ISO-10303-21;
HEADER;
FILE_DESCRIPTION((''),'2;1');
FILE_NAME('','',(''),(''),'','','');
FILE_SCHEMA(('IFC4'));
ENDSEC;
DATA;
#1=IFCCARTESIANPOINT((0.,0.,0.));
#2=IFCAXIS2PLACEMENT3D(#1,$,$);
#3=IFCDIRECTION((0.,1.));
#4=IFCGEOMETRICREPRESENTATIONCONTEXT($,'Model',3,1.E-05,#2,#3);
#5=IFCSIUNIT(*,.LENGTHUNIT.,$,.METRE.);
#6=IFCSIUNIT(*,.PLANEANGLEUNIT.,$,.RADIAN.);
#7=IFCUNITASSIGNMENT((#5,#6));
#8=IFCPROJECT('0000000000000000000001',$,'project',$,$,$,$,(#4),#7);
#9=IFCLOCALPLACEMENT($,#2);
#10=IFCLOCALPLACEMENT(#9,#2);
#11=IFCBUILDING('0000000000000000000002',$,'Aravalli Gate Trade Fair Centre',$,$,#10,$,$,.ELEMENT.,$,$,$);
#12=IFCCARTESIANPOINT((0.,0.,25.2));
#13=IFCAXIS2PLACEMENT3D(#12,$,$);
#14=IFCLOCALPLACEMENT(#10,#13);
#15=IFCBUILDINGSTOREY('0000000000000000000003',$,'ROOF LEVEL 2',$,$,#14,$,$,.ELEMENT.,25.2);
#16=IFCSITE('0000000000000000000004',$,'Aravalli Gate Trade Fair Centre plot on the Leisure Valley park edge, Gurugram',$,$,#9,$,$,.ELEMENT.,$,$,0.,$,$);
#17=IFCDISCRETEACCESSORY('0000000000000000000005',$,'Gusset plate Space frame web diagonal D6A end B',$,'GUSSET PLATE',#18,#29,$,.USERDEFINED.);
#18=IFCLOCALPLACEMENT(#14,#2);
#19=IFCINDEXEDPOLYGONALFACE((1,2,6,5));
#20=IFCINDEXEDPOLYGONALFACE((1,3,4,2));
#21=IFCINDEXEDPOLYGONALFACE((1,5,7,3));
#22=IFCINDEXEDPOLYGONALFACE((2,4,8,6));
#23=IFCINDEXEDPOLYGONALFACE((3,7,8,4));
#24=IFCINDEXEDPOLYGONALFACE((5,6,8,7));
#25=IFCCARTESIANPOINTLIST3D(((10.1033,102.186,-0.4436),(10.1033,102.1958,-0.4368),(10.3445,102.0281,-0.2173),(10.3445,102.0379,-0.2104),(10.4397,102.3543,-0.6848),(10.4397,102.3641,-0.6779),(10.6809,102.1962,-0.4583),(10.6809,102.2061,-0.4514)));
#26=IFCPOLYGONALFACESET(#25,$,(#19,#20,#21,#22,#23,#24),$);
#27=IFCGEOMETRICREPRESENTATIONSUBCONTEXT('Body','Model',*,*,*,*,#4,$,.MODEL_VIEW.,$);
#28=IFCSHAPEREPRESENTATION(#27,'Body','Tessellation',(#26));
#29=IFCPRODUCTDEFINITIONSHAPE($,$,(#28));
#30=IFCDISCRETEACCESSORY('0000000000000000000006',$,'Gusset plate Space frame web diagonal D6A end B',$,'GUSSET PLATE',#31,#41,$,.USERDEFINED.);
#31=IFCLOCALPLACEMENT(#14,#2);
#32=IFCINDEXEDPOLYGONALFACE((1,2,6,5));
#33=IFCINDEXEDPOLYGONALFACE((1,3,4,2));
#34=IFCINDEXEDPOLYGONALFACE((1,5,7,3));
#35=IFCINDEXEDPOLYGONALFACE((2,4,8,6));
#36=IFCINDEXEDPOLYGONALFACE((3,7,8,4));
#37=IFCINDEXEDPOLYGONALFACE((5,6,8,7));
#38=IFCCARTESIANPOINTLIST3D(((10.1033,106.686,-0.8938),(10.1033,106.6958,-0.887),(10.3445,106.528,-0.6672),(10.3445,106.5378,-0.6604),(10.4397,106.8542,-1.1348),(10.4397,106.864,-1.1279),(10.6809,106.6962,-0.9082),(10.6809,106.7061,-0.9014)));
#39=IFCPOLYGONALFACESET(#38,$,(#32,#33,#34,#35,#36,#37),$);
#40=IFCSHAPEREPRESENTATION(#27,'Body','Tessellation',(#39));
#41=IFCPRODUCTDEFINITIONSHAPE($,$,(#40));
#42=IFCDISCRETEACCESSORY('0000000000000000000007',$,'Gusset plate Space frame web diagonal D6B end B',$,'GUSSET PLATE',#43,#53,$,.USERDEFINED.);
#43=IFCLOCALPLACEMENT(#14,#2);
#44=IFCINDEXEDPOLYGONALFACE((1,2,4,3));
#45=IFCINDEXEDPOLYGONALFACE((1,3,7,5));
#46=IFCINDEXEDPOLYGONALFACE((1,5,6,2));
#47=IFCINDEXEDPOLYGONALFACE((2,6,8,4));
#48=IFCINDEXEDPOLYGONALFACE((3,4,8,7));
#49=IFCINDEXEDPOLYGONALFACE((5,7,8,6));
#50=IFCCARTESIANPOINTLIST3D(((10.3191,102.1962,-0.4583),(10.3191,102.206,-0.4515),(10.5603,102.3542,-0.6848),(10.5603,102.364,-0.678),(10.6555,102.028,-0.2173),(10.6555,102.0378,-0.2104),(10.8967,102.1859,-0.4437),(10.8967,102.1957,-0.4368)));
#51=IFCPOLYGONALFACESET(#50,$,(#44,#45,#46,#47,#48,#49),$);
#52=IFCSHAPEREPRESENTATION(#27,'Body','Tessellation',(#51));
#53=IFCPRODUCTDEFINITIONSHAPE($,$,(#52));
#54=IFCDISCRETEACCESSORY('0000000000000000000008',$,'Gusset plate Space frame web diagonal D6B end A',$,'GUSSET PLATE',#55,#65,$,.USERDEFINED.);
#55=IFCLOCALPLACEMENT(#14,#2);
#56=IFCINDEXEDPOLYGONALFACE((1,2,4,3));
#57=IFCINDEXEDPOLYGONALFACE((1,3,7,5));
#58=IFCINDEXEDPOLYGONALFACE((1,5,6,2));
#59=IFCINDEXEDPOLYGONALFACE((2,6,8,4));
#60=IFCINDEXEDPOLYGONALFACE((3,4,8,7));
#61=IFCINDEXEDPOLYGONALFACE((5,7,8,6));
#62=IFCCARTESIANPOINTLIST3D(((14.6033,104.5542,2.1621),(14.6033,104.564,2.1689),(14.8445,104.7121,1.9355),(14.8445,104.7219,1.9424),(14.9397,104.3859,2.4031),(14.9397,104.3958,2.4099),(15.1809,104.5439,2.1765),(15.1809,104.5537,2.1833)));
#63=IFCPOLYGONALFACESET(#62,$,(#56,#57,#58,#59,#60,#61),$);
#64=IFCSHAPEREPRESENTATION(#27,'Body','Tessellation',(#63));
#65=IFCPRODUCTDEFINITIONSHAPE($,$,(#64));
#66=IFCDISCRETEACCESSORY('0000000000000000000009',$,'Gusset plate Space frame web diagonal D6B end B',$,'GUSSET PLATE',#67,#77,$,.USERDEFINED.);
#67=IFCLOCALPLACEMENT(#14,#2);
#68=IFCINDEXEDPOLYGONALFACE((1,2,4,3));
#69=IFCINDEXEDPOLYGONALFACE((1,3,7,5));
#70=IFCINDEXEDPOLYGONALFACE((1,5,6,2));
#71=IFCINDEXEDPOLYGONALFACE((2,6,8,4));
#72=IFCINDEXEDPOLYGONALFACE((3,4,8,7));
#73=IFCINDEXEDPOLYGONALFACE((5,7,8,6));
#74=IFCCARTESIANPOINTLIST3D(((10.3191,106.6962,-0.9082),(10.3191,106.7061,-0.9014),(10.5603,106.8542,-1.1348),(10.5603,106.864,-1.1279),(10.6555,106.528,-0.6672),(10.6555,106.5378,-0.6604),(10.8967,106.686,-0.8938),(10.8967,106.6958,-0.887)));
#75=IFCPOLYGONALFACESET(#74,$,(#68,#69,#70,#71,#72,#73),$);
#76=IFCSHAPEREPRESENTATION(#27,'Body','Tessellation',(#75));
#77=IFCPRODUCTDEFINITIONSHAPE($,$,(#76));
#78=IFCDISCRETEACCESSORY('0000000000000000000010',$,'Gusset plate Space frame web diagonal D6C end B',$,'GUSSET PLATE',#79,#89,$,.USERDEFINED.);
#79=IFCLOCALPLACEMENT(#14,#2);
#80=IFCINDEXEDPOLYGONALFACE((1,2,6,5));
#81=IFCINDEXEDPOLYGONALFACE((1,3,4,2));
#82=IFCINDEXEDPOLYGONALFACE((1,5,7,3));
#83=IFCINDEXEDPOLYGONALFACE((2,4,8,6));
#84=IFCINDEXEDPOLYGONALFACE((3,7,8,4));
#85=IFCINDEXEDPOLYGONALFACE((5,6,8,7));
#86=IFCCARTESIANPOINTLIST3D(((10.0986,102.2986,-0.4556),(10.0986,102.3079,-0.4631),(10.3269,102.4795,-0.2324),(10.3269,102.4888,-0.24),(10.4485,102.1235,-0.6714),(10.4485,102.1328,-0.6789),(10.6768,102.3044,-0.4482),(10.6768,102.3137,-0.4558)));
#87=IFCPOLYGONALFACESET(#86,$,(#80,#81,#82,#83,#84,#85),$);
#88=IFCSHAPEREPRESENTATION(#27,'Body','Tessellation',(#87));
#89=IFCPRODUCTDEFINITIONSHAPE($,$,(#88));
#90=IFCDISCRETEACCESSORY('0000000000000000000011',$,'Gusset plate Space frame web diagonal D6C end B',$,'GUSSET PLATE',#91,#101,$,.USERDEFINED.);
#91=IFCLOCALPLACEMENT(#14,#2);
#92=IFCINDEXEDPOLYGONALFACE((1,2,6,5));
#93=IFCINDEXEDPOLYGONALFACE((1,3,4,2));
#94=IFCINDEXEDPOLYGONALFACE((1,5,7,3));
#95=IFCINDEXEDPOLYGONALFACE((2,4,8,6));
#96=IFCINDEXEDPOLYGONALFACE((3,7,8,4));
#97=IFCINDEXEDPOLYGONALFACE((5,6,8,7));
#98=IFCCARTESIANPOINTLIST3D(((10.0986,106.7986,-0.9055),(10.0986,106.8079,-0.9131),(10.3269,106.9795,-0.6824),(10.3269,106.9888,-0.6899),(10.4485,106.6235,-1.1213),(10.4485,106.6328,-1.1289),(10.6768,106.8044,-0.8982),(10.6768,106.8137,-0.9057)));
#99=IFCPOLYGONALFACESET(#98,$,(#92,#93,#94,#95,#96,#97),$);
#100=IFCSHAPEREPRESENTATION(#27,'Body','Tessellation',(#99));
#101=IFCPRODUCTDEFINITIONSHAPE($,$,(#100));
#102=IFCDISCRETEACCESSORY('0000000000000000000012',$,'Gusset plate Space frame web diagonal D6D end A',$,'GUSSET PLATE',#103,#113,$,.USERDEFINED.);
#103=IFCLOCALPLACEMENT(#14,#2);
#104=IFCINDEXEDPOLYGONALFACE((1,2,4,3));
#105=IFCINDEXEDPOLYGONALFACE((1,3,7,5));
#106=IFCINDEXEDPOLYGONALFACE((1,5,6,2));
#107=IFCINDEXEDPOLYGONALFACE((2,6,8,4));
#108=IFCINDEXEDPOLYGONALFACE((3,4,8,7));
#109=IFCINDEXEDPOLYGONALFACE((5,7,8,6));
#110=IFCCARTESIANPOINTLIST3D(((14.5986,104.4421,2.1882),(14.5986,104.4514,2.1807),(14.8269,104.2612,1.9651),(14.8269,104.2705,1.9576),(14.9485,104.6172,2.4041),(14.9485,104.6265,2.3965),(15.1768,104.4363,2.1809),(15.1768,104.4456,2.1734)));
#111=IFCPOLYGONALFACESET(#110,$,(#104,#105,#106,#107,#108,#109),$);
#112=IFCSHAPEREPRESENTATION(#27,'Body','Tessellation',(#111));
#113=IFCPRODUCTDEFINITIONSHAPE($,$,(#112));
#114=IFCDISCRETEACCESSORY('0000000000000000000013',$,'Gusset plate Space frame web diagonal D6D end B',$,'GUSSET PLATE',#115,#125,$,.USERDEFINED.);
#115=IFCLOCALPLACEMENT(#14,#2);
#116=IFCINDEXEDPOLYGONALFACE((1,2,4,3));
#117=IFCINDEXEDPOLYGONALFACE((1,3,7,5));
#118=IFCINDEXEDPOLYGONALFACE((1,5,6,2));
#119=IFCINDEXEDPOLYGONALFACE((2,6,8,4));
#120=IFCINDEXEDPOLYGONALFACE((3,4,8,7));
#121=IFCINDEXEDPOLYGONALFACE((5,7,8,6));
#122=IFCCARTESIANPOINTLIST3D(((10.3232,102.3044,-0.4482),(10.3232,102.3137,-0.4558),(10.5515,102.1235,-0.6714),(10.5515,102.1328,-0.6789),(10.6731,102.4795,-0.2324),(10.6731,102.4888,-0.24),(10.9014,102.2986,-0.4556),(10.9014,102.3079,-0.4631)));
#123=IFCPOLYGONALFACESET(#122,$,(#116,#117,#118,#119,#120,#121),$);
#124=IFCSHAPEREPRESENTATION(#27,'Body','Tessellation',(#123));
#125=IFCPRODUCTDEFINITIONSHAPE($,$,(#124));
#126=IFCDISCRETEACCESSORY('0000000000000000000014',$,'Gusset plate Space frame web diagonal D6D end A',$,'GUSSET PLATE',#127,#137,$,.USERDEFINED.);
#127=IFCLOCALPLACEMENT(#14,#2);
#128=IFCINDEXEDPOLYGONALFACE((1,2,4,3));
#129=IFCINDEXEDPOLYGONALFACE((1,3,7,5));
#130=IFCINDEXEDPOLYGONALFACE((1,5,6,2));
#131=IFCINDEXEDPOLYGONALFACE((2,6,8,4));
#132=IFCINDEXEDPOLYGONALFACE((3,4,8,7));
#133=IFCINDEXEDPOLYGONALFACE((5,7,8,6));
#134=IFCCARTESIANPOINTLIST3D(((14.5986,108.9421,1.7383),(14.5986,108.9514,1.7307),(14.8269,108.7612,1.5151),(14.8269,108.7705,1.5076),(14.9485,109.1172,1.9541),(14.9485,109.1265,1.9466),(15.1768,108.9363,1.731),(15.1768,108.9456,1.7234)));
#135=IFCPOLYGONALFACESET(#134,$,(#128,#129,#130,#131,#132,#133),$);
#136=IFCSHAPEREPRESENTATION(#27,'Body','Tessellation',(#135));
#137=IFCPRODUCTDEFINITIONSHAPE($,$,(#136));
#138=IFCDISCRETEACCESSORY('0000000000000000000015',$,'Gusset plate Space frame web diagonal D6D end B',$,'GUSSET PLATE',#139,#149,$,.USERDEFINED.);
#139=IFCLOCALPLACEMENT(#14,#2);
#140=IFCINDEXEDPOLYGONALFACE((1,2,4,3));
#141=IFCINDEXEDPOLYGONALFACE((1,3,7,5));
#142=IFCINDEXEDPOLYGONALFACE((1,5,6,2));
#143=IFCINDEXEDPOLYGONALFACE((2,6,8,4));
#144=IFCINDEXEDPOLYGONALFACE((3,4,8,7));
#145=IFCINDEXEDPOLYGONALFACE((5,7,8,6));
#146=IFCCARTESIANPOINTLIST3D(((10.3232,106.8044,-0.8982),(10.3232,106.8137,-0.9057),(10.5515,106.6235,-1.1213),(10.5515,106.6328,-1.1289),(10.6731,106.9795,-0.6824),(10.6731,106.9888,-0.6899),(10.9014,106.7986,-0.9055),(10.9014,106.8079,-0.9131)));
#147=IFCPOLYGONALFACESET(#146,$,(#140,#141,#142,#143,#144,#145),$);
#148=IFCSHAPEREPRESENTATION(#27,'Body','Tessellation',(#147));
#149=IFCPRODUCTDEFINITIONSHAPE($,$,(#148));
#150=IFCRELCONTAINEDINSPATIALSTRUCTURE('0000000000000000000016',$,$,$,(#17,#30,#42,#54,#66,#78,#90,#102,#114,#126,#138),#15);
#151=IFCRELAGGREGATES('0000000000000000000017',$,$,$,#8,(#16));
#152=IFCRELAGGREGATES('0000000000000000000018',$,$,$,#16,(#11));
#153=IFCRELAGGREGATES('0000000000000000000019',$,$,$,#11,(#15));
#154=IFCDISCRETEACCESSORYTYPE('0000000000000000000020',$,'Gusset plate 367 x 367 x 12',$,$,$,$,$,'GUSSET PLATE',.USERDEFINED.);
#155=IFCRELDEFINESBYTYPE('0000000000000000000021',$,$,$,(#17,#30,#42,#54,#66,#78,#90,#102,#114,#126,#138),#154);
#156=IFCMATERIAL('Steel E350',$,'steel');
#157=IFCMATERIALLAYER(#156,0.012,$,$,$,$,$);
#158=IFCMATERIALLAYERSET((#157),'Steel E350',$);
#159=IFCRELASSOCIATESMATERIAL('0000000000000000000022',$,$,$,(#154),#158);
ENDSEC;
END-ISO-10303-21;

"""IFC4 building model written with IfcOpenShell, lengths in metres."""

from ifc_helpers import new_model, si_unit, direction, frame, origin, place, context, subcontext, project, spatial, polyline, outline, extrude, material, layer, layer_set, type_object, element, save


model = new_model("IFC4")

# Units and contexts
model_context = context("Model", 3, precision=1e-05, world=origin(), true_north=direction((0.0, 1.0)))
body_context = subcontext(model_context, "Body", "Model", "MODEL_VIEW")
ifc_project = project(units=[si_unit("LENGTHUNIT", "METRE"), si_unit("PLANEANGLEUNIT", "RADIAN")], contexts=[model_context])

# Site, building, storey
site_placement = place(None, origin())
site = spatial("IfcSite", under=ifc_project, at=site_placement, Name="Aravalli Gate Trade Fair Centre plot on the Leisure Valley park edge, Gurugram", CompositionType="ELEMENT", RefElevation=0.0)
building_placement = place(site_placement, origin())
building = spatial("IfcBuilding", under=site, at=building_placement, Name="Aravalli Gate Trade Fair Centre", CompositionType="ELEMENT")
storey_placement = place(building_placement, frame((0.0, 0.0, 25.2)))
storey = spatial("IfcBuildingStorey", under=building, at=storey_placement, Name="ROOF LEVEL 2", CompositionType="ELEMENT", Elevation=25.2)

# Shared definitions
ifc_material_1 = material(Name="Steel E350", Category="steel")

# Discrete accessories
ifc_layer_1 = layer(ifc_material_1, 0.012)
ifc_layer_set_1 = layer_set([ifc_layer_1], Name="Steel E350")
discrete_accessory_type = type_object("IfcDiscreteAccessoryType", Name="Gusset plate 367 x 367 x 12", ElementType="GUSSET PLATE", PredefinedType="USERDEFINED", material=ifc_layer_set_1)
discrete_accessory_1_placement = place(storey_placement, frame((10.1033, 102.1958, -0.4368), z_axis=(-0.000049, 0.820141, 0.572161), x_axis=(0.75291, 0.376583, -0.539733)))
element("IfcDiscreteAccessory", 1, at=discrete_accessory_1_placement, inside=storey, type_object=discrete_accessory_type, Name="Gusset plate Space frame web diagonal D6A end B", ObjectType="GUSSET PLATE", PredefinedType="USERDEFINED", context=body_context, shape_type="SweptSolid", body=[
    extrude(outline(polyline([(0.0, 0.0), (0.4468, 0.0), (0.4467, -0.3667), (0.0, -0.3665), (0.0, 0.0)])), origin(), (0.0, 0.0, -1.0), 0.012),
])
discrete_accessory_2_placement = place(storey_placement, frame((10.1033, 106.6958, -0.887), z_axis=(-0.000292, 0.820164, 0.572128), x_axis=(0.753132, 0.376566, -0.539435)))
element("IfcDiscreteAccessory", 2, at=discrete_accessory_2_placement, inside=storey, type_object=discrete_accessory_type, Name="Gusset plate Space frame web diagonal D6A end B", ObjectType="GUSSET PLATE", PredefinedType="USERDEFINED", context=body_context, shape_type="SweptSolid", body=[
    extrude(outline(polyline([(0.0, 0.0), (0.4467, 0.0), (0.4467, -0.3667), (0.0, -0.3667), (0.0, 0.0)])), origin(), (0.0, 0.0, -1.0), 0.012),
])
discrete_accessory_3_placement = place(storey_placement, frame((10.6555, 102.0378, -0.2104), z_axis=(0.000049, 0.820141, 0.572161), x_axis=(-0.753132, 0.376438, -0.539524)))
element("IfcDiscreteAccessory", 3, at=discrete_accessory_3_placement, inside=storey, type_object=discrete_accessory_type, Name="Gusset plate Space frame web diagonal D6B end B", ObjectType="GUSSET PLATE", PredefinedType="USERDEFINED", context=body_context, shape_type="SweptSolid", body=[
    extrude(outline(polyline([(0.0, 0.0), (0.4467, 0.0), (0.4467, -0.3667), (-0.0001, -0.3665), (0.0, 0.0)])), origin(), (0.0, 0.0, -1.0), 0.012),
])
discrete_accessory_4_placement = place(storey_placement, frame((14.6033, 104.564, 2.1689), z_axis=(0.000292, 0.820164, 0.572128), x_axis=(0.753132, -0.376566, 0.539435)))
element("IfcDiscreteAccessory", 4, at=discrete_accessory_4_placement, inside=storey, type_object=discrete_accessory_type, Name="Gusset plate Space frame web diagonal D6B end A", ObjectType="GUSSET PLATE", PredefinedType="USERDEFINED", context=body_context, shape_type="SweptSolid", body=[
    extrude(outline(polyline([(0.0, 0.0), (0.4467, 0.0), (0.4467, 0.3667), (0.0, 0.3667), (0.0, 0.0)])), origin(), (0.0, 0.0, -1.0), 0.012),
])
discrete_accessory_5_placement = place(storey_placement, frame((10.6555, 106.5378, -0.6604), z_axis=(0.000292, 0.820164, 0.572128), x_axis=(-0.753132, 0.376566, -0.539435)))
element("IfcDiscreteAccessory", 5, at=discrete_accessory_5_placement, inside=storey, type_object=discrete_accessory_type, Name="Gusset plate Space frame web diagonal D6B end B", ObjectType="GUSSET PLATE", PredefinedType="USERDEFINED", context=body_context, shape_type="SweptSolid", body=[
    extrude(outline(polyline([(0.0, 0.0), (0.4467, 0.0), (0.4467, -0.3667), (0.0, -0.3667), (0.0, 0.0)])), origin(), (0.0, 0.0, -1.0), 0.012),
])
for number, where, z_axis, x_axis, name in (
    (6, (10.0986, 102.2986, -0.4556), (-0.000107, -0.776736, 0.629826), (0.783044, -0.391795, -0.48305), "Gusset plate Space frame web diagonal D6C end B"),
    (7, (10.0986, 106.7986, -0.9055), (-0.000107, -0.776736, 0.629826), (0.783044, -0.391795, -0.48305), "Gusset plate Space frame web diagonal D6C end B"),
):
    element("IfcDiscreteAccessory", number, at=place(storey_placement, frame(where, z_axis=z_axis, x_axis=x_axis)), inside=storey, type_object=discrete_accessory_type, Name=name, ObjectType="GUSSET PLATE", PredefinedType="USERDEFINED", context=body_context, shape_type="SweptSolid", body=[
        extrude(outline(polyline([(0.0, 0.0), (0.4468, 0.0), (0.4469, 0.3669), (0.0001, 0.3669), (0.0, 0.0)])), origin(), (0.0, 0.0, -1.0), 0.012),
    ])
discrete_accessory_6_placement = place(storey_placement, frame((14.5986, 104.4421, 2.1882), z_axis=(0.000107, -0.776736, 0.629826), x_axis=(0.783044, 0.391795, 0.48305)))
element("IfcDiscreteAccessory", 8, at=discrete_accessory_6_placement, inside=storey, type_object=discrete_accessory_type, Name="Gusset plate Space frame web diagonal D6D end A", ObjectType="GUSSET PLATE", PredefinedType="USERDEFINED", context=body_context, shape_type="SweptSolid", body=[
    extrude(outline(polyline([(0.0, 0.0), (0.4468, 0.0), (0.4469, -0.3669), (0.0001, -0.3669), (0.0, 0.0)])), origin(), (0.0, 0.0, -1.0), 0.012),
])
discrete_accessory_7_placement = place(storey_placement, frame((10.6731, 102.4795, -0.2324), z_axis=(0.000107, -0.776736, 0.629826), x_axis=(-0.783044, -0.391795, -0.48305)))
element("IfcDiscreteAccessory", 9, at=discrete_accessory_7_placement, inside=storey, type_object=discrete_accessory_type, Name="Gusset plate Space frame web diagonal D6D end B", ObjectType="GUSSET PLATE", PredefinedType="USERDEFINED", context=body_context, shape_type="SweptSolid", body=[
    extrude(outline(polyline([(0.0, 0.0), (0.4468, 0.0), (0.4467, 0.3669), (-0.0001, 0.3669), (0.0, 0.0)])), origin(), (0.0, 0.0, -1.0), 0.012),
])
discrete_accessory_8_placement = place(storey_placement, frame((14.5986, 108.9421, 1.7383), z_axis=(0.000107, -0.776736, 0.629826), x_axis=(0.783044, 0.391795, 0.48305)))
element("IfcDiscreteAccessory", 10, at=discrete_accessory_8_placement, inside=storey, type_object=discrete_accessory_type, Name="Gusset plate Space frame web diagonal D6D end A", ObjectType="GUSSET PLATE", PredefinedType="USERDEFINED", context=body_context, shape_type="SweptSolid", body=[
    extrude(outline(polyline([(0.0, 0.0), (0.4468, 0.0), (0.4469, -0.3669), (0.0001, -0.3669), (0.0, 0.0)])), origin(), (0.0, 0.0, -1.0), 0.012),
])
discrete_accessory_9_placement = place(storey_placement, frame((10.6731, 106.9795, -0.6824), z_axis=(0.000107, -0.776736, 0.629826), x_axis=(-0.783044, -0.391795, -0.48305)))
element("IfcDiscreteAccessory", 11, at=discrete_accessory_9_placement, inside=storey, type_object=discrete_accessory_type, Name="Gusset plate Space frame web diagonal D6D end B", ObjectType="GUSSET PLATE", PredefinedType="USERDEFINED", context=body_context, shape_type="SweptSolid", body=[
    extrude(outline(polyline([(0.0, 0.0), (0.4468, 0.0), (0.4467, 0.3669), (-0.0001, 0.3669), (0.0, 0.0)])), origin(), (0.0, 0.0, -1.0), 0.012),
])

save(model, "model.ifc")
